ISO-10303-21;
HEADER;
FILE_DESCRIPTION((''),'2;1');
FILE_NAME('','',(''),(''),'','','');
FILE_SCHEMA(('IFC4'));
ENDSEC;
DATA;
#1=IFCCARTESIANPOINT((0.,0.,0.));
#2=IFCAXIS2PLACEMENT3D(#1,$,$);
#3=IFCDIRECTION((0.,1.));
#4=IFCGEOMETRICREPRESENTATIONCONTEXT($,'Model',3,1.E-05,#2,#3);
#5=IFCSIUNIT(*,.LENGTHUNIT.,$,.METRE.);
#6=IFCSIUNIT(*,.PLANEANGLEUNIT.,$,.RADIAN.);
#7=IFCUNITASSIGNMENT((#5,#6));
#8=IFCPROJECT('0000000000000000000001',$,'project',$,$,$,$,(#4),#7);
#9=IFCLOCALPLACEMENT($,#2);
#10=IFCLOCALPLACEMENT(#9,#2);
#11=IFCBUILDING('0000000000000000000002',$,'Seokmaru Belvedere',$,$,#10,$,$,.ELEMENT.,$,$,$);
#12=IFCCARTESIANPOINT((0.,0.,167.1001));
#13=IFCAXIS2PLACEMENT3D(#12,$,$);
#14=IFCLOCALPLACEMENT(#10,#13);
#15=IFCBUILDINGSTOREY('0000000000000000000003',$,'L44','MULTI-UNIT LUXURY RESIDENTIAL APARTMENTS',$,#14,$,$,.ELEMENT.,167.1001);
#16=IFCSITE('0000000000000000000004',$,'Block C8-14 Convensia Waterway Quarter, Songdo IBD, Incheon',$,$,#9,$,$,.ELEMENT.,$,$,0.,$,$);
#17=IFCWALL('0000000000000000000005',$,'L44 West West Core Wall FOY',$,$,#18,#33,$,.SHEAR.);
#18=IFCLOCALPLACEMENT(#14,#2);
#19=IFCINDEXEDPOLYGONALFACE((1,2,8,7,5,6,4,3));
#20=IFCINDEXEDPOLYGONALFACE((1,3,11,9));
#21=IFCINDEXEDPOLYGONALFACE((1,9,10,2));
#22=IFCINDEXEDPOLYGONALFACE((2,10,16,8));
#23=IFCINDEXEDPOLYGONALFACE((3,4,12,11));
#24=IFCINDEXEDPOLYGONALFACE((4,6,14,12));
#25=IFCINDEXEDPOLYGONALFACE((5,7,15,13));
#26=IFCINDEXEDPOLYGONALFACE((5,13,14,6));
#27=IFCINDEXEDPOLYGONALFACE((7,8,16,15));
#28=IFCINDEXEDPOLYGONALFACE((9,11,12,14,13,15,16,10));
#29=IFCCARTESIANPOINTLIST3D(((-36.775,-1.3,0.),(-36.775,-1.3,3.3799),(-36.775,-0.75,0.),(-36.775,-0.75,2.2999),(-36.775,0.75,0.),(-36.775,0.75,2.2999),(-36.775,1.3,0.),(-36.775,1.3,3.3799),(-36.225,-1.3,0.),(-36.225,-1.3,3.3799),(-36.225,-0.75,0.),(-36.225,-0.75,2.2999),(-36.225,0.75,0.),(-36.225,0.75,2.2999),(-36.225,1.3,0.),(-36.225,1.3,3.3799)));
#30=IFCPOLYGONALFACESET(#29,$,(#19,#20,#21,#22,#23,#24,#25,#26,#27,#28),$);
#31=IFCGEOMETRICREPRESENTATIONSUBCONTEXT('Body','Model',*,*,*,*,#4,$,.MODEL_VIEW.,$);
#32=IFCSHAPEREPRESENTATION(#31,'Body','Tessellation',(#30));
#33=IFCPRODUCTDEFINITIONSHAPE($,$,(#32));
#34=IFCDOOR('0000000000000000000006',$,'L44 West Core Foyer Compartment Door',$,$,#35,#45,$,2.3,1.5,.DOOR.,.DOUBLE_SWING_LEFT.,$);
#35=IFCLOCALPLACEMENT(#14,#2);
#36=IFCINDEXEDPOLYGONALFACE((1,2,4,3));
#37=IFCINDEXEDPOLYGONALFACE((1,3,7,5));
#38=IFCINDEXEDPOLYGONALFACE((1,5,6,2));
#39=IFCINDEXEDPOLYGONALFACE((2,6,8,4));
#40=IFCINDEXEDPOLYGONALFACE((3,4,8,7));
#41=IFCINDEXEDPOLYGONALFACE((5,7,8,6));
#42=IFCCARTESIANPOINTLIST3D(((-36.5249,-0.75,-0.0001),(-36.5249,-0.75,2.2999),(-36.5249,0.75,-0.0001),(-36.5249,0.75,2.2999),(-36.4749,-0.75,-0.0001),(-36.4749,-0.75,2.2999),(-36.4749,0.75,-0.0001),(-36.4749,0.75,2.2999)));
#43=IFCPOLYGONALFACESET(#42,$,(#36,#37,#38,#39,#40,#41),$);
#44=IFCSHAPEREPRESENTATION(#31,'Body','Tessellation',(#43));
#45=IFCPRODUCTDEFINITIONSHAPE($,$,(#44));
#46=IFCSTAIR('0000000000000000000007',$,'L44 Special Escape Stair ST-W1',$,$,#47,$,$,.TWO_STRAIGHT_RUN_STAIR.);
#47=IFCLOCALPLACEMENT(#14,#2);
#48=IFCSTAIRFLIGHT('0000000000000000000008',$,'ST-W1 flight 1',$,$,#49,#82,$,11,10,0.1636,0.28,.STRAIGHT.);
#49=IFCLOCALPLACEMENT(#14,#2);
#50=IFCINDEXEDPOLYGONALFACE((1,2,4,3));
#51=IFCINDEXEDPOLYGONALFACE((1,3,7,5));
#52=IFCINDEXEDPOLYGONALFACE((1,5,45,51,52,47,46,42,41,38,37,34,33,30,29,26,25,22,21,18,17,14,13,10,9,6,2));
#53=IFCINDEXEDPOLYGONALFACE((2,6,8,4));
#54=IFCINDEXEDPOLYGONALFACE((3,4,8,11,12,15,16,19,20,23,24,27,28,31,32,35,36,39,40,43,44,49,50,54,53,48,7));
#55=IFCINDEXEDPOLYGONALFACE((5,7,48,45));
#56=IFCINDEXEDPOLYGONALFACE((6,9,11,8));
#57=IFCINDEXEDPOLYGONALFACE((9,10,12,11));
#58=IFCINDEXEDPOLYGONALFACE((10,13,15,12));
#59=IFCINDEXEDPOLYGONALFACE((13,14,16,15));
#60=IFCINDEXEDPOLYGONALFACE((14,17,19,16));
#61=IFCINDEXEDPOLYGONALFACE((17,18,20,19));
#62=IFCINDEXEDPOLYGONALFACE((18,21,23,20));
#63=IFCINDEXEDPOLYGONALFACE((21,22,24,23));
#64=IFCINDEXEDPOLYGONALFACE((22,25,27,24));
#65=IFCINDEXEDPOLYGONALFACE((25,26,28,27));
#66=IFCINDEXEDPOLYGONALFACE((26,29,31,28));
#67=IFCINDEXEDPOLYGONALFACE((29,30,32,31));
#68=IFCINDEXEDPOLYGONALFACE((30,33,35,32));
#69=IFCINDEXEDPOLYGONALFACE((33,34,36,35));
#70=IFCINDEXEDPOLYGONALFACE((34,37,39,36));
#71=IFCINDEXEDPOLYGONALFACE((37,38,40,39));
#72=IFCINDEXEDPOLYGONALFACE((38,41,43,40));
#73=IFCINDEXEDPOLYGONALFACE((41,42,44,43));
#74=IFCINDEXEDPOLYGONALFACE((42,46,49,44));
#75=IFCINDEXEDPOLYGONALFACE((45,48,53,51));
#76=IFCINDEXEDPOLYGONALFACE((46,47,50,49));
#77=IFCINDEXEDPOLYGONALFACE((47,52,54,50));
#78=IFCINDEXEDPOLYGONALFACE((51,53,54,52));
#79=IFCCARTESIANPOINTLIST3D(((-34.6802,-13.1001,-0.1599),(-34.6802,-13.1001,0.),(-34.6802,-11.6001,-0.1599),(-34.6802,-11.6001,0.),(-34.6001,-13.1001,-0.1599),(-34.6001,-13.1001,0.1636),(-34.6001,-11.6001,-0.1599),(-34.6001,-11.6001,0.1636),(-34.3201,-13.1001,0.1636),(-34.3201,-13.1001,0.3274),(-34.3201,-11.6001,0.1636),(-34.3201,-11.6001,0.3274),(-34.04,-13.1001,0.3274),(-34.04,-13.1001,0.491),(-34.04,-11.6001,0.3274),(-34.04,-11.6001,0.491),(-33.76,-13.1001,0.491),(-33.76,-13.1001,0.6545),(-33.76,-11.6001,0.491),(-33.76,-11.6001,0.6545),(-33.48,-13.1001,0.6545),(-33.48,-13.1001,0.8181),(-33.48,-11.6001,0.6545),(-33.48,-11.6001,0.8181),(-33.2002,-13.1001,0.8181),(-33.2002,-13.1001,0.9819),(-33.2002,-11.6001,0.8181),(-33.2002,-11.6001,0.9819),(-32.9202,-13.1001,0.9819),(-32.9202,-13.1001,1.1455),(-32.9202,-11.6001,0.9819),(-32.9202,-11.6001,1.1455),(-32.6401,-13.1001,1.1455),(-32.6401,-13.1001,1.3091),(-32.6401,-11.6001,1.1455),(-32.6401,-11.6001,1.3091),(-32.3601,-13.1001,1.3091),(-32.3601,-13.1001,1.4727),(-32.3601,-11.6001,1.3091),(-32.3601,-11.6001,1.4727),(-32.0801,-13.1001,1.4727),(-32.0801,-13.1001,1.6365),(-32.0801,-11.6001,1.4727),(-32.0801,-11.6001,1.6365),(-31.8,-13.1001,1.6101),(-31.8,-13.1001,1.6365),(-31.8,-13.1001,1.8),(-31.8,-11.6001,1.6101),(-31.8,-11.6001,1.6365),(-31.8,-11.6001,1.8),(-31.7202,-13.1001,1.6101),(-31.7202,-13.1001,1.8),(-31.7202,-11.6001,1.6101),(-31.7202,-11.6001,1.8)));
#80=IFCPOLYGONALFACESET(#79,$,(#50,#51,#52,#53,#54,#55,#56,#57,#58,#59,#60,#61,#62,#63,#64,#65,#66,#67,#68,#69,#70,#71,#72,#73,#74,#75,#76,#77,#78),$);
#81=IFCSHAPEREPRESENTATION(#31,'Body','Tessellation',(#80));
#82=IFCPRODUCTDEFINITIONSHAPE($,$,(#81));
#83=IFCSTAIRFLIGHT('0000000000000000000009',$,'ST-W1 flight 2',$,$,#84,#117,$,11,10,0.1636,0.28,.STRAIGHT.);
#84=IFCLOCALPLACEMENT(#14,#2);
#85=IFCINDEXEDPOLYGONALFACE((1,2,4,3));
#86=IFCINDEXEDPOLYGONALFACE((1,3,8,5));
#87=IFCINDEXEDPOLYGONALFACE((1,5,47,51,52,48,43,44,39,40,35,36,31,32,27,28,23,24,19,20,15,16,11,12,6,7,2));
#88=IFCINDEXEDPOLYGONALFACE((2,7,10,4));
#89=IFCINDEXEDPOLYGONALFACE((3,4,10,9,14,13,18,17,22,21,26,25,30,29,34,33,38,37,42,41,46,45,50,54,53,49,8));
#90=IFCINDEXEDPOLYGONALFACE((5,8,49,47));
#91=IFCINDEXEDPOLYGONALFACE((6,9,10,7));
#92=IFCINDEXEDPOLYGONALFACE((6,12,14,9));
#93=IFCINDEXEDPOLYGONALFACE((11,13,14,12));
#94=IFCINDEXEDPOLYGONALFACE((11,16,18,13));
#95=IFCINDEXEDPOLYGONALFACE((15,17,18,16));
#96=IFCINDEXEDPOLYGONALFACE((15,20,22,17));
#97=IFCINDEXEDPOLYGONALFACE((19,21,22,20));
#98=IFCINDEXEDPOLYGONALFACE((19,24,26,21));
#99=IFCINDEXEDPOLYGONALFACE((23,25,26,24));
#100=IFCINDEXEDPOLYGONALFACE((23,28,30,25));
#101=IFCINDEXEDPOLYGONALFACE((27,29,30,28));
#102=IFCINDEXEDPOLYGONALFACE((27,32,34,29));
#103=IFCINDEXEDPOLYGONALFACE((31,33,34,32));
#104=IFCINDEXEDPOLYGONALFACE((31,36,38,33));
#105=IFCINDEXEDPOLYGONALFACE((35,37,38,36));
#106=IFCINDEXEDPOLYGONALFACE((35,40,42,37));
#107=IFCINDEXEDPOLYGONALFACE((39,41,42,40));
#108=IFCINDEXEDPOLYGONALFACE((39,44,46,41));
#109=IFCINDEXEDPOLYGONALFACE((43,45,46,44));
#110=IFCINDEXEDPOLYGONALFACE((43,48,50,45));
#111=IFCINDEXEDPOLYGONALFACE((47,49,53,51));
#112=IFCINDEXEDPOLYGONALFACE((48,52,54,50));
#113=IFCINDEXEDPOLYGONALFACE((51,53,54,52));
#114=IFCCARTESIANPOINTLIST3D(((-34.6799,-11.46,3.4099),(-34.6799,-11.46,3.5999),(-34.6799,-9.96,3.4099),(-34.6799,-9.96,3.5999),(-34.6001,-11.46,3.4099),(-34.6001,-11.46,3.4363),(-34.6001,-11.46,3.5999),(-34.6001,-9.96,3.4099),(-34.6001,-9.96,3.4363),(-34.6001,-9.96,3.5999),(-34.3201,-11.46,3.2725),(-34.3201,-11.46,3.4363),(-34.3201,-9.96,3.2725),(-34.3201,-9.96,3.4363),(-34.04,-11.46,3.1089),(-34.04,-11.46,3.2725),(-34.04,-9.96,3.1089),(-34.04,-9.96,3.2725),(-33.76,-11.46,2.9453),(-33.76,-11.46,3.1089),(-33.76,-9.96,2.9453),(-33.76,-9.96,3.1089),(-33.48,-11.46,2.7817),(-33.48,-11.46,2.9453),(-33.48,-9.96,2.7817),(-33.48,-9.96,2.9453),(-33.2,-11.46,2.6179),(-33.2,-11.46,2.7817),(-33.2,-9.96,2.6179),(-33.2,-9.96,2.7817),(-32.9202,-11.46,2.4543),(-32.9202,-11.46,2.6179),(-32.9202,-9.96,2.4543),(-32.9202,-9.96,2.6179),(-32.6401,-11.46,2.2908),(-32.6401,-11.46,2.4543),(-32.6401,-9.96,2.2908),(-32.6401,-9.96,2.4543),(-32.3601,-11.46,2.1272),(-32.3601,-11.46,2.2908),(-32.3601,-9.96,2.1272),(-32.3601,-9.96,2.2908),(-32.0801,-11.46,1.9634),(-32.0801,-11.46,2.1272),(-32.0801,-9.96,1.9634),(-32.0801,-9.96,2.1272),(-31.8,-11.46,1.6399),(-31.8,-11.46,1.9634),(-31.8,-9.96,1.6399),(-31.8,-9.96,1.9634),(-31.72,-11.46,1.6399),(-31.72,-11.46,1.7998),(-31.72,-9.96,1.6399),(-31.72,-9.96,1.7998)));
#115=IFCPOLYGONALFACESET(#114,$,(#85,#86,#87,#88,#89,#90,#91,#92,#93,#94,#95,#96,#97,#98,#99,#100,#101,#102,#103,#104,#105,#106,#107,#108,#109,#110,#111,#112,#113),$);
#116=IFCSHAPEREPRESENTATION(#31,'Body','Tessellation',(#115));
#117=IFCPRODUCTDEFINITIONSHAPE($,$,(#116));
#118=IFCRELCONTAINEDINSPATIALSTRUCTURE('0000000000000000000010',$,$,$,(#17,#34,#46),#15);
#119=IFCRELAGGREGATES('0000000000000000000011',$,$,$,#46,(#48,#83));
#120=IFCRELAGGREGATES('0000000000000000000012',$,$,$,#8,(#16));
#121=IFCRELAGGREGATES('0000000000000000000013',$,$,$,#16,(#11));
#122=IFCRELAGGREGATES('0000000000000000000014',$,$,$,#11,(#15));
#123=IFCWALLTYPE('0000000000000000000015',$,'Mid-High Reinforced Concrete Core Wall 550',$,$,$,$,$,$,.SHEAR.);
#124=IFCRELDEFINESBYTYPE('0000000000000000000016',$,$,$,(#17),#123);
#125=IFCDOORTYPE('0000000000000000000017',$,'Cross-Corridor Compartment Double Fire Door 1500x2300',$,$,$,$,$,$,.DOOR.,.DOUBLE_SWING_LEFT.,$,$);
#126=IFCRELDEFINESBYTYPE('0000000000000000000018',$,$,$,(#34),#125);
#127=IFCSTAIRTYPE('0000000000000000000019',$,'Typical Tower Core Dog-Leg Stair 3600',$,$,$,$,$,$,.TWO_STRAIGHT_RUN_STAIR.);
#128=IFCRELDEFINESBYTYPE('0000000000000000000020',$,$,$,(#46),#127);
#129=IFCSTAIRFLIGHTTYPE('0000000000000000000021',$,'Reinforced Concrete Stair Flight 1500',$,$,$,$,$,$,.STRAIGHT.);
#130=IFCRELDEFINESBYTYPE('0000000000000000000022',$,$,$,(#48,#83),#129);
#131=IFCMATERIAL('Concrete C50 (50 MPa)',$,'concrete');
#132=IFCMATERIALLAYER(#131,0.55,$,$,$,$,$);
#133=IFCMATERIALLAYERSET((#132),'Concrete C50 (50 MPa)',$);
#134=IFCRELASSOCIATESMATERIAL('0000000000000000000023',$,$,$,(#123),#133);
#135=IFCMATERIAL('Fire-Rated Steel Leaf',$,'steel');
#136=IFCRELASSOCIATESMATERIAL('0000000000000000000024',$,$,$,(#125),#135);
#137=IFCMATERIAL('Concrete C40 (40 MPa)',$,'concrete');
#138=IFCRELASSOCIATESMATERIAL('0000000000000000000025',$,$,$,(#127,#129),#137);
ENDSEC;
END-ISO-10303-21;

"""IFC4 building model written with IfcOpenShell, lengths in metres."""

from ifc_helpers import new_model, si_unit, direction, frame, frame_2d, origin, place, context, subcontext, project, spatial, polyline, rectangle, outline, extrude, source, transform, mapped, material, layer, layer_set, type_object, type_shapes, element, fill, aggregate, save


model = new_model("IFC4")

# Units and contexts
model_context = context("Model", 3, precision=1e-05, world=origin(), true_north=direction((0.0, 1.0)))
body_context = subcontext(model_context, "Body", "Model", "MODEL_VIEW")
ifc_project = project(units=[si_unit("LENGTHUNIT", "METRE"), si_unit("PLANEANGLEUNIT", "RADIAN")], contexts=[model_context])

# Site, building, storey
site_placement = place(None, origin())
site = spatial("IfcSite", under=ifc_project, at=site_placement, Name="Block C8-14 Convensia Waterway Quarter, Songdo IBD, Incheon", CompositionType="ELEMENT", RefElevation=0.0)
building_placement = place(site_placement, origin())
building = spatial("IfcBuilding", under=site, at=building_placement, Name="Seokmaru Belvedere", CompositionType="ELEMENT")
storey_placement = place(building_placement, frame((0.0, 0.0, 167.1001)))
storey = spatial("IfcBuildingStorey", under=building, at=storey_placement, Name="L44", Description="MULTI-UNIT LUXURY RESIDENTIAL APARTMENTS", CompositionType="ELEMENT", Elevation=167.1001)

# Shared definitions
ifc_material_1 = material(Name="Fire-Rated Steel Leaf", Category="steel")

# Wall, opening, door
ifc_material_2 = material(Name="Concrete C50 (50 MPa)", Category="concrete")
ifc_layer_1 = layer(ifc_material_2, 0.55)
ifc_layer_set_1 = layer_set([ifc_layer_1], Name="Concrete C50 (50 MPa)")
wall_type_1 = type_object("IfcWallType", Name="Mid-High Reinforced Concrete Core Wall 550", PredefinedType="SHEAR", material=ifc_layer_set_1)
wall_1_placement = place(storey_placement, frame((-36.5, -1.3, 0.0), z_axis=(0.0, 0.0, 1.0), x_axis=(0.0, 1.0, 0.0)))
wall_1 = element("IfcWall", 1, at=wall_1_placement, inside=storey, type_object=wall_type_1, Name="L44 West West Core Wall FOY", PredefinedType="SHEAR", context=body_context, shape_type="SweptSolid", body=[
    extrude(rectangle(XDim=2.6001, YDim=0.55, at=frame_2d((1.3, 0.0))), origin(), (0.0, 0.0, 1.0), 3.3799),
])
opening_1_placement = place(wall_1_placement, frame((0.55, 0.0, 0.0)))
opening_1 = element("IfcOpeningElement", 2, at=opening_1_placement, cuts=wall_1, PredefinedType="OPENING", context=body_context, shape_type="SweptSolid", body=[
    extrude(rectangle(XDim=1.5, YDim=2.3, at=frame_2d((0.75, 1.1499))), frame((0.0, 0.2852, 0.0), z_axis=(0.0, -1.0, 0.0), x_axis=(1.0, 0.0, 0.0)), (0.0, 0.0, 1.0), 0.5701),
])
door_type_1 = type_object("IfcDoorType", Name="Cross-Corridor Compartment Double Fire Door 1500x2300", OperationType="DOUBLE_SWING_LEFT", PredefinedType="DOOR", material=ifc_material_1)
shared_shape_1 = source(origin(), body_context, "Body", "SweptSolid", [
    extrude(rectangle(XDim=1.5, YDim=2.3, at=frame_2d((0.75, 1.1499))), frame((0.0, 0.0249, 0.0), z_axis=(0.0, -1.0, 0.0), x_axis=(1.0, 0.0, 0.0)), (0.0, 0.0, 1.0), 0.05),
])
type_shapes(door_type_1, [shared_shape_1])
door_1_placement = place(opening_1_placement, origin())
door_1 = element("IfcDoor", 3, at=door_1_placement, inside=storey, type_object=door_type_1, Name="L44 West Core Foyer Compartment Door", OperationType="DOUBLE_SWING_LEFT", OverallHeight=2.3, OverallWidth=1.5, PredefinedType="DOOR", context=body_context, shape_type="MappedRepresentation", body=[
    mapped(shared_shape_1, transform((0.0, 0.0, 0.0), scale=1.0)),
])
fill(opening_1, door_1)

# Stair, stair flights
ifc_material_3 = material(Name="Concrete C40 (40 MPa)", Category="concrete")
stair_type = type_object("IfcStairType", Name="Typical Tower Core Dog-Leg Stair 3600", PredefinedType="TWO_STRAIGHT_RUN_STAIR", material=ifc_material_3)
stair_placement = place(storey_placement, origin())
stair = element("IfcStair", 4, at=stair_placement, inside=storey, type_object=stair_type, Name="L44 Special Escape Stair ST-W1", PredefinedType="TWO_STRAIGHT_RUN_STAIR")
stair_flight_type = type_object("IfcStairFlightType", Name="Reinforced Concrete Stair Flight 1500", PredefinedType="STRAIGHT", material=ifc_material_3)
stair_flight_1_placement = place(storey_placement, frame((-34.6001, -12.3501, 0.0), z_axis=(0.0, 0.0, 1.0), x_axis=(1.0, 0.0, 0.0)))
stair_flight_1 = element("IfcStairFlight", 5, at=stair_flight_1_placement, type_object=stair_flight_type, Name="ST-W1 flight 1", NumberOfRisers=11, NumberOfTreads=10, PredefinedType="STRAIGHT", RiserHeight=0.1636, TreadLength=0.28, context=body_context, shape_type="SweptSolid", body=[
    extrude(outline(polyline([(-0.0801, 0.0), (0.0, 0.1636), (0.28, 0.1636), (0.28, 0.3274), (0.5601, 0.3274), (0.5601, 0.491), (0.8401, 0.491), (0.8401, 0.6545), (1.1201, 0.6545), (1.1201, 0.8181), (1.3999, 0.8181), (1.3999, 0.9819), (1.6799, 0.9819), (1.6799, 1.1455), (1.96, 1.1455), (1.96, 1.3091), (2.24, 1.3091), (2.24, 1.4727), (2.52, 1.4727), (2.52, 1.6365), (2.8, 1.6365), (2.8, 1.8), (2.8799, 1.8), (2.8799, 1.6101), (2.8, 1.6101), (0.0, -0.1599), (-0.0801, -0.1599), (-0.0801, 0.0)])), frame((0.0, 0.75, 0.0), z_axis=(0.0, -1.0, 0.0), x_axis=(1.0, 0.0, 0.0)), (0.0, 0.0, 1.0), 1.5),
])
stair_flight_2_placement = place(storey_placement, frame((-31.8, -10.71, 1.7998), z_axis=(0.0, 0.0, 1.0), x_axis=(-1.0, 0.0, 0.0)))
stair_flight_2 = element("IfcStairFlight", 6, at=stair_flight_2_placement, type_object=stair_flight_type, Name="ST-W1 flight 2", NumberOfRisers=11, NumberOfTreads=10, PredefinedType="STRAIGHT", RiserHeight=0.1636, TreadLength=0.28, context=body_context, shape_type="SweptSolid", body=[
    extrude(outline(polyline([(-0.0801, 0.0), (0.0, 0.1636), (0.28, 0.1636), (0.28, 0.3274), (0.5601, 0.3274), (0.5601, 0.491), (0.8401, 0.491), (0.8401, 0.6545), (1.1201, 0.6545), (1.1201, 0.8181), (1.3999, 0.8181), (1.3999, 0.9819), (1.6799, 0.9819), (1.6799, 1.1455), (1.96, 1.1455), (1.96, 1.3091), (2.24, 1.3091), (2.24, 1.4727), (2.52, 1.4727), (2.52, 1.6365), (2.8, 1.6365), (2.8, 1.8), (2.8799, 1.8), (2.8799, 1.6101), (2.8, 1.6101), (0.0, -0.1599), (-0.0801, -0.1599), (-0.0801, 0.0)])), frame((0.0, 0.75, 0.0), z_axis=(0.0, -1.0, 0.0), x_axis=(1.0, 0.0, 0.0)), (0.0, 0.0, 1.0), 1.5),
])
aggregate(stair, [stair_flight_1, stair_flight_2])

save(model, "model.ifc")
